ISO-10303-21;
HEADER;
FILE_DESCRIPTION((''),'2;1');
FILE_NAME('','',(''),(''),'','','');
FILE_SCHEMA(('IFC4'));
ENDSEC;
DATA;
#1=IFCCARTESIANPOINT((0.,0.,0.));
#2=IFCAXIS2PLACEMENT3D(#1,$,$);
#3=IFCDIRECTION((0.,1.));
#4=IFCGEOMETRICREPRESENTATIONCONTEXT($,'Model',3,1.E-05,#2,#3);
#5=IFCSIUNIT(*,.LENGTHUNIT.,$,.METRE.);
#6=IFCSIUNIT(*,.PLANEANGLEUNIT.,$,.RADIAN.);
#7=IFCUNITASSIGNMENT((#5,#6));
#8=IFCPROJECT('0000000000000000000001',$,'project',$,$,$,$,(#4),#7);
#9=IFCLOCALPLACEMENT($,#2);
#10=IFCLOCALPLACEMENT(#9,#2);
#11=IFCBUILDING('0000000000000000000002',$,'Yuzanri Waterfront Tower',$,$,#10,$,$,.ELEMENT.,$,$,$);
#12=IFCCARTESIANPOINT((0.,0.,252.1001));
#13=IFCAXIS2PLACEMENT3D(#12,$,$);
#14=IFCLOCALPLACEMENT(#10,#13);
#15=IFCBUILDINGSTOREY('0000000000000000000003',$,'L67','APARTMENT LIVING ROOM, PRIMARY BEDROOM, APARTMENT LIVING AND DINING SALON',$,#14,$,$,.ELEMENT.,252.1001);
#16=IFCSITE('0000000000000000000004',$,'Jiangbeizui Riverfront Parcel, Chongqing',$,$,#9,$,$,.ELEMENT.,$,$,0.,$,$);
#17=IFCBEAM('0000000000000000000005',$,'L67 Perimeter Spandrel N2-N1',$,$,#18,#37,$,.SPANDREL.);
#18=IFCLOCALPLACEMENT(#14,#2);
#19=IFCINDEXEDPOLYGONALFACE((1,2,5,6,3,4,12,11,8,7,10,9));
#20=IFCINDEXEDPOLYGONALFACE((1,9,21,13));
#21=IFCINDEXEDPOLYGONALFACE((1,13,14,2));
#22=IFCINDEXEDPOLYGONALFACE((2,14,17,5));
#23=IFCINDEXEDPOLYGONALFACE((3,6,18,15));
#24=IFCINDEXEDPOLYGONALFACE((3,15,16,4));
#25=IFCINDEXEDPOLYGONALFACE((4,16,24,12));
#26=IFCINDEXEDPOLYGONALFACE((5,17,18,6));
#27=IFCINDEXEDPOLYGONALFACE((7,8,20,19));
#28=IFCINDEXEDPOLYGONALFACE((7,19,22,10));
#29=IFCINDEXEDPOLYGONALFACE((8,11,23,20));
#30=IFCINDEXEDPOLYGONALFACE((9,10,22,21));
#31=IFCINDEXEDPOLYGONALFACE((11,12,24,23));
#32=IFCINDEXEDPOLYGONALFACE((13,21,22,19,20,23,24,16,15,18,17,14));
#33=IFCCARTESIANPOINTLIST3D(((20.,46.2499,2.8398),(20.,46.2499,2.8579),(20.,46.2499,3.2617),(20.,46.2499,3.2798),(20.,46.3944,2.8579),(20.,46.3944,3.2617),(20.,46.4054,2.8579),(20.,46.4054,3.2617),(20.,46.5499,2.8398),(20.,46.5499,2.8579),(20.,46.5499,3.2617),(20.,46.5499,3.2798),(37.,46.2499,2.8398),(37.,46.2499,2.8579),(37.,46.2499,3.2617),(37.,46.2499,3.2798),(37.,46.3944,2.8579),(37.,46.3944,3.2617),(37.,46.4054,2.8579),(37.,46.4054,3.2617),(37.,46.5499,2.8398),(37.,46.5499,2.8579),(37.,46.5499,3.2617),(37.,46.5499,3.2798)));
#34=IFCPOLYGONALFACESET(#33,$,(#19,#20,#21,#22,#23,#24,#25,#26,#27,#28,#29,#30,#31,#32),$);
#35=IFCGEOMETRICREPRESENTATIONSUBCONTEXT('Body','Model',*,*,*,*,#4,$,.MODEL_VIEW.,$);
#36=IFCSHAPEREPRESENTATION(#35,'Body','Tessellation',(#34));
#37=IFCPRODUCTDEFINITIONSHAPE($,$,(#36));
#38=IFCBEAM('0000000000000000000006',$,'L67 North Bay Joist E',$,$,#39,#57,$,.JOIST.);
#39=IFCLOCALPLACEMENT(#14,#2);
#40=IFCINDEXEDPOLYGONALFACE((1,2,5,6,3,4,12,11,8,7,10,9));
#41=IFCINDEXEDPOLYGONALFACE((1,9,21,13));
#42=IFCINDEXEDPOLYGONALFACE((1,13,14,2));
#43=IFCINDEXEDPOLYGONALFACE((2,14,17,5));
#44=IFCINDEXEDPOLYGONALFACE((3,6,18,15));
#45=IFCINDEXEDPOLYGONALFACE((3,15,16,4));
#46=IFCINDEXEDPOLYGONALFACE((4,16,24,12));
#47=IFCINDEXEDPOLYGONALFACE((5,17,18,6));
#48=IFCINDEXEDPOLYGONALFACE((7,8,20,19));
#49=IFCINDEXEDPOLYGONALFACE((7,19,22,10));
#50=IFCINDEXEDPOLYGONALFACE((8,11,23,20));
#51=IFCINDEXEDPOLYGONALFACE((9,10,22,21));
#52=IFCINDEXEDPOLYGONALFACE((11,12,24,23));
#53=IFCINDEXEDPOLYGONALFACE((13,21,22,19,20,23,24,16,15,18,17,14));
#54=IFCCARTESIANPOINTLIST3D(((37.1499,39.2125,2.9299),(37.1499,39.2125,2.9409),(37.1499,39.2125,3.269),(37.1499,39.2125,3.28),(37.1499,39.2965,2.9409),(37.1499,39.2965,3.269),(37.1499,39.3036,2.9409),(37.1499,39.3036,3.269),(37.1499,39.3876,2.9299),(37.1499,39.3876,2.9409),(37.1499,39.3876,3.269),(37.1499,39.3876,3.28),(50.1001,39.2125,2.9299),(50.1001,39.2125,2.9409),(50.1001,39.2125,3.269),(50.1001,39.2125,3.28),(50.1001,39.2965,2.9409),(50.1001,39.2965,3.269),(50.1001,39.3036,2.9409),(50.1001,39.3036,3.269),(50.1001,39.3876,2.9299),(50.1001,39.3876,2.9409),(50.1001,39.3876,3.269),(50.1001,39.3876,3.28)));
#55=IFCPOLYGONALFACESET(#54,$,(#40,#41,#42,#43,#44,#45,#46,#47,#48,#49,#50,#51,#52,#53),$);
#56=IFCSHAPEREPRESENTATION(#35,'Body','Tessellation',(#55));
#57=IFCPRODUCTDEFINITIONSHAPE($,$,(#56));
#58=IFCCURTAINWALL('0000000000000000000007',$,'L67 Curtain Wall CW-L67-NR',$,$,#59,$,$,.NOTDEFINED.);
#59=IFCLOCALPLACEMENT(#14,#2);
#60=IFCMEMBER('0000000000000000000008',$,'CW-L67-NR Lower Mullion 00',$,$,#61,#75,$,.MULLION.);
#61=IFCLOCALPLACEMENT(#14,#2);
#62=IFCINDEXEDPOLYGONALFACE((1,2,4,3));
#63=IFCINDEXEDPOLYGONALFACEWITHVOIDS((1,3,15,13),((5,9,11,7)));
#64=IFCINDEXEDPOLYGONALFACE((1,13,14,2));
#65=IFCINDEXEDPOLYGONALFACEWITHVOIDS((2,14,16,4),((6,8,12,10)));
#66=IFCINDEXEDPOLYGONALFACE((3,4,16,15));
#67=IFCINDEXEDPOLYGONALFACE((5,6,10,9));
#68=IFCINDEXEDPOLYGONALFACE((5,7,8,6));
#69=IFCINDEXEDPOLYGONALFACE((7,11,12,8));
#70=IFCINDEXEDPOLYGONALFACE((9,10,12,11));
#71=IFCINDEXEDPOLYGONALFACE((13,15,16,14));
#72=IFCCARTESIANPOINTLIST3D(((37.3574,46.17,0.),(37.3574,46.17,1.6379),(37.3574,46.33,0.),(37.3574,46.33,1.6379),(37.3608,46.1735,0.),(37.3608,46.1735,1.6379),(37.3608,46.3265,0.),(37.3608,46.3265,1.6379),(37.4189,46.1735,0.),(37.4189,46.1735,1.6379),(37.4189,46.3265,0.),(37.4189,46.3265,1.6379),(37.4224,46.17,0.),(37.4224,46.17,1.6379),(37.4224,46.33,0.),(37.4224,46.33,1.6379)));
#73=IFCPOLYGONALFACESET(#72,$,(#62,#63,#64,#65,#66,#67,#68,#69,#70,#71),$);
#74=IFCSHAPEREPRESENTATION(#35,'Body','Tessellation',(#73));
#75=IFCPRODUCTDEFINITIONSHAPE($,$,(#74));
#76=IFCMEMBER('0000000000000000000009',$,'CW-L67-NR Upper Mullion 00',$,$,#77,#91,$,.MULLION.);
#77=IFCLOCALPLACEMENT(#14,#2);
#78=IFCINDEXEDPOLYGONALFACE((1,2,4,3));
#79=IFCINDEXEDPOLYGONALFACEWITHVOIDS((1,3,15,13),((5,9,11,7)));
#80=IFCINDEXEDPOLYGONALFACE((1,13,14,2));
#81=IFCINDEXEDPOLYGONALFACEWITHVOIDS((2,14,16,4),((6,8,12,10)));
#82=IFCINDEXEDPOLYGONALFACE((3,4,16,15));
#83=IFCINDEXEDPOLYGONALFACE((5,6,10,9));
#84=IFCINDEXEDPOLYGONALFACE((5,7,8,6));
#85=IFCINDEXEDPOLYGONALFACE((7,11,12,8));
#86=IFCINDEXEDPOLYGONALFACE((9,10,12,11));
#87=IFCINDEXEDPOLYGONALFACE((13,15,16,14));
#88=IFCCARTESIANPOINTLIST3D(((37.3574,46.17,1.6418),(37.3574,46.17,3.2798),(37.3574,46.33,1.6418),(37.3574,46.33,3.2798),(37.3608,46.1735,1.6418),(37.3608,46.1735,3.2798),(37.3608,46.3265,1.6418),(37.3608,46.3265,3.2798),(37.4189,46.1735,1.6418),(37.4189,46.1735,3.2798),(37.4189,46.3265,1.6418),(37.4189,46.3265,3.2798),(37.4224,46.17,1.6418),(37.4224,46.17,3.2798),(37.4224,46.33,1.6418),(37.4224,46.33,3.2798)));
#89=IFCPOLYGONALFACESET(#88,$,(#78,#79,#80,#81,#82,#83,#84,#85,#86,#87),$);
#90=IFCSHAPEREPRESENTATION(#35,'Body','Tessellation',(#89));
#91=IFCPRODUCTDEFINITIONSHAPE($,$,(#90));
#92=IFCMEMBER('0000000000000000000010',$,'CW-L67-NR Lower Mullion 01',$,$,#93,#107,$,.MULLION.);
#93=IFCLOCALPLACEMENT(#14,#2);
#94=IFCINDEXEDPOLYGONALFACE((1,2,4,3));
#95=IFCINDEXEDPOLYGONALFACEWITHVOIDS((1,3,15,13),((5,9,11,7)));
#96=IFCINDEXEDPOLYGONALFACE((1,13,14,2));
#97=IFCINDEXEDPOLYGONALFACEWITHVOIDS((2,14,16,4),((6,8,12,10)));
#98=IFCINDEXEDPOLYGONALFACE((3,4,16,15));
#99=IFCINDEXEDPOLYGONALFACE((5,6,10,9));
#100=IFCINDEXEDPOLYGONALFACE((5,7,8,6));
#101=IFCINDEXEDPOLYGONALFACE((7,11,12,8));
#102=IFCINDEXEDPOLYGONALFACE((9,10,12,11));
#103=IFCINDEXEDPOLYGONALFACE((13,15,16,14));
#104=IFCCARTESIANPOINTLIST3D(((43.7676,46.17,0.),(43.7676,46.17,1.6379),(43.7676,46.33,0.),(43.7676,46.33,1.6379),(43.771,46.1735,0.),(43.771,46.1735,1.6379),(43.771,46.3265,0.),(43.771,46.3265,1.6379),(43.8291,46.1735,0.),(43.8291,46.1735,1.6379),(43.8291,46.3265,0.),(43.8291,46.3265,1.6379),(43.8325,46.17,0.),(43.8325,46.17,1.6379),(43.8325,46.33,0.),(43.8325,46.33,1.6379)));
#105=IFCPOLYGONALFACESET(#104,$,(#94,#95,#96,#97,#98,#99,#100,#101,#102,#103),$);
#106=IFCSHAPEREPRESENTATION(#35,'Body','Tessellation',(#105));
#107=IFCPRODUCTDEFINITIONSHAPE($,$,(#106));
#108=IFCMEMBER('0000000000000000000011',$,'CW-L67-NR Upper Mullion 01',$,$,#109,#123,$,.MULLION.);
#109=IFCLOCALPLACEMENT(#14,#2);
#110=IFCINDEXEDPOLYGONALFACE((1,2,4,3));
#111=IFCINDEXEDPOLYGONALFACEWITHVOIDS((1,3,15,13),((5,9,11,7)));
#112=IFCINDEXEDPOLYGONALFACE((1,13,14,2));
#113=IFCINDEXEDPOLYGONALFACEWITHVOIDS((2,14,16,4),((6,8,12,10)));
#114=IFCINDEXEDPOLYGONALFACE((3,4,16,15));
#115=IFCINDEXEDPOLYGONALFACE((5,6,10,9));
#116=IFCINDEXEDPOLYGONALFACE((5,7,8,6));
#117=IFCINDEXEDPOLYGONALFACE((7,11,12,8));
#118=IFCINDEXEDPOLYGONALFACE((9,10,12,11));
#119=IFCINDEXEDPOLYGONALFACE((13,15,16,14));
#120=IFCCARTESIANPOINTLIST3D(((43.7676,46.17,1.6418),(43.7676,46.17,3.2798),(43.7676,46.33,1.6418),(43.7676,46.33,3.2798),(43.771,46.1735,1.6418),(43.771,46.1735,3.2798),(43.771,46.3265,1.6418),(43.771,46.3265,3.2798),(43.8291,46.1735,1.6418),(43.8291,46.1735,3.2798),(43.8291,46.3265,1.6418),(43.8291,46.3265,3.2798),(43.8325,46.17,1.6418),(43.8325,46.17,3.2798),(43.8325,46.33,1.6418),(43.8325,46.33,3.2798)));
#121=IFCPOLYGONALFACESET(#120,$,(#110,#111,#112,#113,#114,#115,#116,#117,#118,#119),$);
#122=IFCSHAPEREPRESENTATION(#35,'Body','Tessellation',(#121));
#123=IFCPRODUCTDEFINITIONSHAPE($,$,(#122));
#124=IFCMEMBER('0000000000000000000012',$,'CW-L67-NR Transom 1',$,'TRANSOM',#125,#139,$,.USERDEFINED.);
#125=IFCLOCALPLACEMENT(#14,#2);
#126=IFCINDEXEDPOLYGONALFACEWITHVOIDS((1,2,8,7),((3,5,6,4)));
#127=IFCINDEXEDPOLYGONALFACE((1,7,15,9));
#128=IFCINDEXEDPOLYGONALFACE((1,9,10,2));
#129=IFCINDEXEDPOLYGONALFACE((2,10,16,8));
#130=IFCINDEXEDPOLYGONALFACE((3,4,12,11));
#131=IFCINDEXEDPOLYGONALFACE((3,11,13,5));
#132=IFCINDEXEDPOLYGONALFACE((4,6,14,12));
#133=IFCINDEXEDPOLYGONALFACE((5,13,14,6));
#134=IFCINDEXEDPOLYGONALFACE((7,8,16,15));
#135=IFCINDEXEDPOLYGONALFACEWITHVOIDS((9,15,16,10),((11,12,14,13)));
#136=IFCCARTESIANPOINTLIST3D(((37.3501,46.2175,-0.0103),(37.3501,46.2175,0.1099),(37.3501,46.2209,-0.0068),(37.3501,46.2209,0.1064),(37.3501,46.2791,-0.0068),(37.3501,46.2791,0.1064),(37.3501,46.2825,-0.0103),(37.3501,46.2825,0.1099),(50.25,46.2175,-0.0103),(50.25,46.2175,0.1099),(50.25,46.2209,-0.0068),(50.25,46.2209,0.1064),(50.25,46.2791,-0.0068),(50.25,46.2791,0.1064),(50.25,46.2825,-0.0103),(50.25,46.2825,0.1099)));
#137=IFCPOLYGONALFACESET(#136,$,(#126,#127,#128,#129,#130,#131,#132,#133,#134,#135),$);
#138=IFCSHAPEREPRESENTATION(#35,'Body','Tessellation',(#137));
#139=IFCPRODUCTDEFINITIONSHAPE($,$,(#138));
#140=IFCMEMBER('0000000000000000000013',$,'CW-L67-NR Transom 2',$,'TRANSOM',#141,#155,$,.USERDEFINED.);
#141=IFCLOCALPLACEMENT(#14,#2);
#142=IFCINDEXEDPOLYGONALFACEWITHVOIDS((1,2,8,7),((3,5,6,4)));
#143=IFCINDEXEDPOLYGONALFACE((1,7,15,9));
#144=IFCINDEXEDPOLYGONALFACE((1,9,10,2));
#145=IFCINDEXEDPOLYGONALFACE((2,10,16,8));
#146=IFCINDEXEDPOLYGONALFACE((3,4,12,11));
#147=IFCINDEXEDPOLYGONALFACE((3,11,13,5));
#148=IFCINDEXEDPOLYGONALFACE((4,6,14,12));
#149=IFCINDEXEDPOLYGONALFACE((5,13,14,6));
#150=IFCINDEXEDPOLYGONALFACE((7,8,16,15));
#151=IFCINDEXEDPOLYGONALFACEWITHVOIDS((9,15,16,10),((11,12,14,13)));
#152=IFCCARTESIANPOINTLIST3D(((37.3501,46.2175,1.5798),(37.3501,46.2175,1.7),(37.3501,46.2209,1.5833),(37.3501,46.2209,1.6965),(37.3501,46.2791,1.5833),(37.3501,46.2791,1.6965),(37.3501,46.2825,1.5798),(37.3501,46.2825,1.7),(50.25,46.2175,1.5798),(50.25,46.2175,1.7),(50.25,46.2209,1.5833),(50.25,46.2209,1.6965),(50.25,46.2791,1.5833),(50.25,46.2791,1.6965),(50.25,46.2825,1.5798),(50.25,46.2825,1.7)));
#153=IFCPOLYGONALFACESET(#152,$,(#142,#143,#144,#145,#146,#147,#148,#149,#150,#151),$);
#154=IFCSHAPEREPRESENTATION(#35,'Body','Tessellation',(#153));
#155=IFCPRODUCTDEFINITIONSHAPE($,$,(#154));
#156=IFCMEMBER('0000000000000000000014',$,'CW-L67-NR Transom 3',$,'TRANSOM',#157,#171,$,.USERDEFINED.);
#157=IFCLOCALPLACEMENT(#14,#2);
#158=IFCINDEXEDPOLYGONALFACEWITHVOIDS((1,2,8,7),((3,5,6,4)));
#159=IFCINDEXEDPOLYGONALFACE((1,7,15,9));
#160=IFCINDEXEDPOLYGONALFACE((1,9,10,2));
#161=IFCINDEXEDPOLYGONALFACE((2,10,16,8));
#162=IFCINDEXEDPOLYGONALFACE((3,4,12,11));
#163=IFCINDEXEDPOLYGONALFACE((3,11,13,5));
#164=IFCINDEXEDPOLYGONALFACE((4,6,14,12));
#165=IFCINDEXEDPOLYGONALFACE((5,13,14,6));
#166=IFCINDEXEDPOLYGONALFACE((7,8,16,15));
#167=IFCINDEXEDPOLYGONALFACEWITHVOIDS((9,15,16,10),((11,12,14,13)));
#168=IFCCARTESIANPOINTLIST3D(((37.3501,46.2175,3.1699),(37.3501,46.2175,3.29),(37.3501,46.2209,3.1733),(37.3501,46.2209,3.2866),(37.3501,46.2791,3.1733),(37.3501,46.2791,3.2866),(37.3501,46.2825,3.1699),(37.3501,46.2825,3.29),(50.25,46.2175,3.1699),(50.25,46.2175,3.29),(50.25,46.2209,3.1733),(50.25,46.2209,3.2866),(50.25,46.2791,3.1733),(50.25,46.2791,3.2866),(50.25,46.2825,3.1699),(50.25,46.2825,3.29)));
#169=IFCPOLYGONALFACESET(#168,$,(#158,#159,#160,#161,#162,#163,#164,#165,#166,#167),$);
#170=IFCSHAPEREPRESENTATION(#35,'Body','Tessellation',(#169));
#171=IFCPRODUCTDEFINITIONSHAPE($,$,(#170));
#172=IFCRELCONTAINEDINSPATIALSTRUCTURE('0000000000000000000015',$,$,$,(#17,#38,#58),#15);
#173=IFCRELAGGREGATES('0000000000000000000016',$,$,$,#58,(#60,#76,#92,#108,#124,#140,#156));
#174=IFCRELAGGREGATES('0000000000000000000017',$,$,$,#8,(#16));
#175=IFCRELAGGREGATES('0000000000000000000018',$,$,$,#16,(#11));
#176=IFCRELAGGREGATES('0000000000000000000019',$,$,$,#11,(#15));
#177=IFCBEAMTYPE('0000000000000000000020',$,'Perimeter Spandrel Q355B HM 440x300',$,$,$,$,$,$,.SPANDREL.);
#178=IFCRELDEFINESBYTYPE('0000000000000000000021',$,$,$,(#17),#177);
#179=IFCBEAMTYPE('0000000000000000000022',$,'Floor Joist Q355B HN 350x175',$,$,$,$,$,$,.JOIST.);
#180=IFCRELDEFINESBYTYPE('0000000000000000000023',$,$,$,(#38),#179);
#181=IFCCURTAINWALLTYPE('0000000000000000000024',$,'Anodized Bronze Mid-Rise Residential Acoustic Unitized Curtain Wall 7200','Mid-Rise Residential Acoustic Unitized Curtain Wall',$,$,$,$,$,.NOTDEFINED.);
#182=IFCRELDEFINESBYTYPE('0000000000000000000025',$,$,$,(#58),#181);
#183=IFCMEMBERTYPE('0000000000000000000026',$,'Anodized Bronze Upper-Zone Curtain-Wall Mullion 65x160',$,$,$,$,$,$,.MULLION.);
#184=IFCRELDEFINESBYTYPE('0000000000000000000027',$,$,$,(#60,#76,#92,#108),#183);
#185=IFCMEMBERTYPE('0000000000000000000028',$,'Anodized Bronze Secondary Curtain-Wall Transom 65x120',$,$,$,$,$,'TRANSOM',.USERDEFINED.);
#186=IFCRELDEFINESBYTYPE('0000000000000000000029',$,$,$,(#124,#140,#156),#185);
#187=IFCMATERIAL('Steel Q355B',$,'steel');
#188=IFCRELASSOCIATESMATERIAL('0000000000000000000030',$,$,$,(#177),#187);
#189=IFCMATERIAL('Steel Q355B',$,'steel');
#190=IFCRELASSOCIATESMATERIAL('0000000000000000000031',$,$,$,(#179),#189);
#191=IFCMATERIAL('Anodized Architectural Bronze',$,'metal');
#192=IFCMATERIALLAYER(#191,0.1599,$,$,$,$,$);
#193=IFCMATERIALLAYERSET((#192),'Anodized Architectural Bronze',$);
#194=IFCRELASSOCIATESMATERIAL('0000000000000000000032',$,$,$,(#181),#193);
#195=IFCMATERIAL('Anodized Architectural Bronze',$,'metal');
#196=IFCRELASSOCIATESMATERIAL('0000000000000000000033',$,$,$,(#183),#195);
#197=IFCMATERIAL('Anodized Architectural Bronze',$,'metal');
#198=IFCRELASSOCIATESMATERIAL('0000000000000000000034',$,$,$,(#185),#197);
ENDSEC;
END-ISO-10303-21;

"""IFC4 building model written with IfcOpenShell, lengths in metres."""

from ifc_helpers import new_model, si_unit, direction, frame, origin, origin_2d, place, context, subcontext, project, spatial, hollow_rectangle, i_section, extrude, source, transform, mapped, material, layer, layer_set, material_profile, profile_set, type_object, element, aggregate, save


model = new_model("IFC4")

# Units and contexts
model_context = context("Model", 3, precision=1e-05, world=origin(), true_north=direction((0.0, 1.0)))
body_context = subcontext(model_context, "Body", "Model", "MODEL_VIEW")
ifc_project = project(units=[si_unit("LENGTHUNIT", "METRE"), si_unit("PLANEANGLEUNIT", "RADIAN")], contexts=[model_context])

# Site, building, storey
site_placement = place(None, origin())
site = spatial("IfcSite", under=ifc_project, at=site_placement, Name="Jiangbeizui Riverfront Parcel, Chongqing", CompositionType="ELEMENT", RefElevation=0.0)
building_placement = place(site_placement, origin())
building = spatial("IfcBuilding", under=site, at=building_placement, Name="Yuzanri Waterfront Tower", CompositionType="ELEMENT")
storey_placement = place(building_placement, frame((0.0, 0.0, 252.1001)))
storey = spatial("IfcBuildingStorey", under=building, at=storey_placement, Name="L67", Description="APARTMENT LIVING ROOM, PRIMARY BEDROOM, APARTMENT LIVING AND DINING SALON", CompositionType="ELEMENT", Elevation=252.1001)

# Beams
ifc_material_1 = material(Name="Steel Q355B", Category="steel")
ifc_material_profile_1 = material_profile(ifc_material_1, i_section(OverallWidth=0.3, OverallDepth=0.4399, WebThickness=0.011, FlangeThickness=0.0181, at=origin_2d()), Name="HM 440x300x11x18")
ifc_profile_set_1 = profile_set([ifc_material_profile_1], Name="Steel Q355B")
beam_type_1 = type_object("IfcBeamType", Name="Perimeter Spandrel Q355B HM 440x300", PredefinedType="SPANDREL", material=ifc_profile_set_1)
shared_shape_1 = source(origin(), body_context, "Body", "SweptSolid", [
    extrude(i_section(OverallWidth=0.3, OverallDepth=0.4399, WebThickness=0.011, FlangeThickness=0.0181, at=origin_2d()), origin(), (0.0, 0.0, 1.0), 17.0),
])
beam_1_placement = place(storey_placement, frame((37.0, 46.3999, 3.0598), z_axis=(-1.0, 0.0, 0.0), x_axis=(0.0, -1.0, 0.0)))
element("IfcBeam", 1, at=beam_1_placement, inside=storey, type_object=beam_type_1, Name="L67 Perimeter Spandrel N2-N1", PredefinedType="SPANDREL", context=body_context, shape_type="MappedRepresentation", body=[
    mapped(shared_shape_1, transform((0.0, 0.0, 0.0), scale=1.0)),
])
ifc_material_2 = material(Name="Steel Q355B", Category="steel")
ifc_material_profile_2 = material_profile(ifc_material_2, i_section(OverallWidth=0.175, OverallDepth=0.3501, WebThickness=0.0071, FlangeThickness=0.011, at=origin_2d()), Name="HN 350x175x7x11")
ifc_profile_set_2 = profile_set([ifc_material_profile_2], Name="Steel Q355B")
beam_type_2 = type_object("IfcBeamType", Name="Floor Joist Q355B HN 350x175", PredefinedType="JOIST", material=ifc_profile_set_2)
shared_shape_2 = source(origin(), body_context, "Body", "SweptSolid", [
    extrude(i_section(OverallWidth=0.175, OverallDepth=0.3501, WebThickness=0.0071, FlangeThickness=0.011, at=origin_2d()), origin(), (0.0, 0.0, 1.0), 12.9502),
])
beam_2_placement = place(storey_placement, frame((37.1499, 39.3, 3.105), z_axis=(1.0, 0.0, 0.0), x_axis=(0.0, 1.0, 0.0)))
element("IfcBeam", 2, at=beam_2_placement, inside=storey, type_object=beam_type_2, Name="L67 North Bay Joist E", PredefinedType="JOIST", context=body_context, shape_type="MappedRepresentation", body=[
    mapped(shared_shape_2, transform((0.0, 0.0, 0.0), scale=1.0)),
])

# Curtain wall, members
ifc_material_3 = material(Name="Anodized Architectural Bronze", Category="metal")
ifc_layer_1 = layer(ifc_material_3, 0.1599)
ifc_layer_set_1 = layer_set([ifc_layer_1], Name="Anodized Architectural Bronze")
curtain_wall_type = type_object("IfcCurtainWallType", Name="Anodized Bronze Mid-Rise Residential Acoustic Unitized Curtain Wall 7200", Description="Mid-Rise Residential Acoustic Unitized Curtain Wall", PredefinedType="NOTDEFINED", material=ifc_layer_set_1)
curtain_wall_placement = place(storey_placement, origin())
curtain_wall = element("IfcCurtainWall", 3, at=curtain_wall_placement, inside=storey, type_object=curtain_wall_type, Name="L67 Curtain Wall CW-L67-NR", PredefinedType="NOTDEFINED")
ifc_material_4 = material(Name="Anodized Architectural Bronze", Category="metal")
ifc_material_profile_3 = material_profile(ifc_material_4, hollow_rectangle(XDim=0.0649, YDim=0.1599, WallThickness=0.0034, at=origin_2d()), Name="CWM 65x160")
ifc_profile_set_3 = profile_set([ifc_material_profile_3], Name="Anodized Architectural Bronze")
member_type_1 = type_object("IfcMemberType", Name="Anodized Bronze Upper-Zone Curtain-Wall Mullion 65x160", PredefinedType="MULLION", material=ifc_profile_set_3)
shared_shape_3 = source(origin(), body_context, "Body", "SweptSolid", [
    extrude(hollow_rectangle(XDim=0.0649, YDim=0.1599, WallThickness=0.0034, at=origin_2d()), origin(), (0.0, 0.0, 1.0), 1.6379),
])
member_1_placement = place(storey_placement, frame((37.3899, 46.25, 0.0), z_axis=(0.0, 0.0, 1.0), x_axis=(1.0, 0.0, 0.0)))
member_1 = element("IfcMember", 4, at=member_1_placement, type_object=member_type_1, Name="CW-L67-NR Lower Mullion 00", PredefinedType="MULLION", context=body_context, shape_type="MappedRepresentation", body=[
    mapped(shared_shape_3, transform((0.0, 0.0, 0.0), scale=1.0)),
])
member_2_placement = place(storey_placement, frame((37.3899, 46.25, 1.6418), z_axis=(0.0, 0.0, 1.0), x_axis=(1.0, 0.0, 0.0)))
member_2 = element("IfcMember", 5, at=member_2_placement, type_object=member_type_1, Name="CW-L67-NR Upper Mullion 00", PredefinedType="MULLION", context=body_context, shape_type="MappedRepresentation", body=[
    mapped(shared_shape_3, transform((0.0, 0.0, 0.0), scale=1.0)),
])
member_3_placement = place(storey_placement, frame((43.8, 46.25, 0.0), z_axis=(0.0, 0.0, 1.0), x_axis=(1.0, 0.0, 0.0)))
member_3 = element("IfcMember", 6, at=member_3_placement, type_object=member_type_1, Name="CW-L67-NR Lower Mullion 01", PredefinedType="MULLION", context=body_context, shape_type="MappedRepresentation", body=[
    mapped(shared_shape_3, transform((0.0, 0.0, 0.0), scale=1.0)),
])
member_4_placement = place(storey_placement, frame((43.8, 46.25, 1.6418), z_axis=(0.0, 0.0, 1.0), x_axis=(1.0, 0.0, 0.0)))
member_4 = element("IfcMember", 7, at=member_4_placement, type_object=member_type_1, Name="CW-L67-NR Upper Mullion 01", PredefinedType="MULLION", context=body_context, shape_type="MappedRepresentation", body=[
    mapped(shared_shape_3, transform((0.0, 0.0, 0.0), scale=1.0)),
])
ifc_material_5 = material(Name="Anodized Architectural Bronze", Category="metal")
ifc_material_profile_4 = material_profile(ifc_material_5, hollow_rectangle(XDim=0.0649, YDim=0.1201, WallThickness=0.0034, at=origin_2d()), Name="CWT 65x120")
ifc_profile_set_4 = profile_set([ifc_material_profile_4], Name="Anodized Architectural Bronze")
member_type_2 = type_object("IfcMemberType", Name="Anodized Bronze Secondary Curtain-Wall Transom 65x120", ElementType="TRANSOM", PredefinedType="USERDEFINED", material=ifc_profile_set_4)
shared_shape_4 = source(origin(), body_context, "Body", "SweptSolid", [
    extrude(hollow_rectangle(XDim=0.0649, YDim=0.1201, WallThickness=0.0034, at=origin_2d()), origin(), (0.0, 0.0, 1.0), 12.8999),
])
member_5_placement = place(storey_placement, frame((37.3501, 46.25, 0.0498), z_axis=(1.0, 0.0, 0.0), x_axis=(0.0, 1.0, 0.0)))
member_5 = element("IfcMember", 8, at=member_5_placement, type_object=member_type_2, Name="CW-L67-NR Transom 1", ObjectType="TRANSOM", PredefinedType="USERDEFINED", context=body_context, shape_type="MappedRepresentation", body=[
    mapped(shared_shape_4, transform((0.0, 0.0, 0.0), scale=1.0)),
])
member_6_placement = place(storey_placement, frame((37.3501, 46.25, 1.6399), z_axis=(1.0, 0.0, 0.0), x_axis=(0.0, 1.0, 0.0)))
member_6 = element("IfcMember", 9, at=member_6_placement, type_object=member_type_2, Name="CW-L67-NR Transom 2", ObjectType="TRANSOM", PredefinedType="USERDEFINED", context=body_context, shape_type="MappedRepresentation", body=[
    mapped(shared_shape_4, transform((0.0, 0.0, 0.0), scale=1.0)),
])
member_7_placement = place(storey_placement, frame((37.3501, 46.25, 3.23), z_axis=(1.0, 0.0, 0.0), x_axis=(0.0, 1.0, 0.0)))
member_7 = element("IfcMember", 10, at=member_7_placement, type_object=member_type_2, Name="CW-L67-NR Transom 3", ObjectType="TRANSOM", PredefinedType="USERDEFINED", context=body_context, shape_type="MappedRepresentation", body=[
    mapped(shared_shape_4, transform((0.0, 0.0, 0.0), scale=1.0)),
])
aggregate(curtain_wall, [member_1, member_2, member_3, member_4, member_5, member_6, member_7])

save(model, "model.ifc")
